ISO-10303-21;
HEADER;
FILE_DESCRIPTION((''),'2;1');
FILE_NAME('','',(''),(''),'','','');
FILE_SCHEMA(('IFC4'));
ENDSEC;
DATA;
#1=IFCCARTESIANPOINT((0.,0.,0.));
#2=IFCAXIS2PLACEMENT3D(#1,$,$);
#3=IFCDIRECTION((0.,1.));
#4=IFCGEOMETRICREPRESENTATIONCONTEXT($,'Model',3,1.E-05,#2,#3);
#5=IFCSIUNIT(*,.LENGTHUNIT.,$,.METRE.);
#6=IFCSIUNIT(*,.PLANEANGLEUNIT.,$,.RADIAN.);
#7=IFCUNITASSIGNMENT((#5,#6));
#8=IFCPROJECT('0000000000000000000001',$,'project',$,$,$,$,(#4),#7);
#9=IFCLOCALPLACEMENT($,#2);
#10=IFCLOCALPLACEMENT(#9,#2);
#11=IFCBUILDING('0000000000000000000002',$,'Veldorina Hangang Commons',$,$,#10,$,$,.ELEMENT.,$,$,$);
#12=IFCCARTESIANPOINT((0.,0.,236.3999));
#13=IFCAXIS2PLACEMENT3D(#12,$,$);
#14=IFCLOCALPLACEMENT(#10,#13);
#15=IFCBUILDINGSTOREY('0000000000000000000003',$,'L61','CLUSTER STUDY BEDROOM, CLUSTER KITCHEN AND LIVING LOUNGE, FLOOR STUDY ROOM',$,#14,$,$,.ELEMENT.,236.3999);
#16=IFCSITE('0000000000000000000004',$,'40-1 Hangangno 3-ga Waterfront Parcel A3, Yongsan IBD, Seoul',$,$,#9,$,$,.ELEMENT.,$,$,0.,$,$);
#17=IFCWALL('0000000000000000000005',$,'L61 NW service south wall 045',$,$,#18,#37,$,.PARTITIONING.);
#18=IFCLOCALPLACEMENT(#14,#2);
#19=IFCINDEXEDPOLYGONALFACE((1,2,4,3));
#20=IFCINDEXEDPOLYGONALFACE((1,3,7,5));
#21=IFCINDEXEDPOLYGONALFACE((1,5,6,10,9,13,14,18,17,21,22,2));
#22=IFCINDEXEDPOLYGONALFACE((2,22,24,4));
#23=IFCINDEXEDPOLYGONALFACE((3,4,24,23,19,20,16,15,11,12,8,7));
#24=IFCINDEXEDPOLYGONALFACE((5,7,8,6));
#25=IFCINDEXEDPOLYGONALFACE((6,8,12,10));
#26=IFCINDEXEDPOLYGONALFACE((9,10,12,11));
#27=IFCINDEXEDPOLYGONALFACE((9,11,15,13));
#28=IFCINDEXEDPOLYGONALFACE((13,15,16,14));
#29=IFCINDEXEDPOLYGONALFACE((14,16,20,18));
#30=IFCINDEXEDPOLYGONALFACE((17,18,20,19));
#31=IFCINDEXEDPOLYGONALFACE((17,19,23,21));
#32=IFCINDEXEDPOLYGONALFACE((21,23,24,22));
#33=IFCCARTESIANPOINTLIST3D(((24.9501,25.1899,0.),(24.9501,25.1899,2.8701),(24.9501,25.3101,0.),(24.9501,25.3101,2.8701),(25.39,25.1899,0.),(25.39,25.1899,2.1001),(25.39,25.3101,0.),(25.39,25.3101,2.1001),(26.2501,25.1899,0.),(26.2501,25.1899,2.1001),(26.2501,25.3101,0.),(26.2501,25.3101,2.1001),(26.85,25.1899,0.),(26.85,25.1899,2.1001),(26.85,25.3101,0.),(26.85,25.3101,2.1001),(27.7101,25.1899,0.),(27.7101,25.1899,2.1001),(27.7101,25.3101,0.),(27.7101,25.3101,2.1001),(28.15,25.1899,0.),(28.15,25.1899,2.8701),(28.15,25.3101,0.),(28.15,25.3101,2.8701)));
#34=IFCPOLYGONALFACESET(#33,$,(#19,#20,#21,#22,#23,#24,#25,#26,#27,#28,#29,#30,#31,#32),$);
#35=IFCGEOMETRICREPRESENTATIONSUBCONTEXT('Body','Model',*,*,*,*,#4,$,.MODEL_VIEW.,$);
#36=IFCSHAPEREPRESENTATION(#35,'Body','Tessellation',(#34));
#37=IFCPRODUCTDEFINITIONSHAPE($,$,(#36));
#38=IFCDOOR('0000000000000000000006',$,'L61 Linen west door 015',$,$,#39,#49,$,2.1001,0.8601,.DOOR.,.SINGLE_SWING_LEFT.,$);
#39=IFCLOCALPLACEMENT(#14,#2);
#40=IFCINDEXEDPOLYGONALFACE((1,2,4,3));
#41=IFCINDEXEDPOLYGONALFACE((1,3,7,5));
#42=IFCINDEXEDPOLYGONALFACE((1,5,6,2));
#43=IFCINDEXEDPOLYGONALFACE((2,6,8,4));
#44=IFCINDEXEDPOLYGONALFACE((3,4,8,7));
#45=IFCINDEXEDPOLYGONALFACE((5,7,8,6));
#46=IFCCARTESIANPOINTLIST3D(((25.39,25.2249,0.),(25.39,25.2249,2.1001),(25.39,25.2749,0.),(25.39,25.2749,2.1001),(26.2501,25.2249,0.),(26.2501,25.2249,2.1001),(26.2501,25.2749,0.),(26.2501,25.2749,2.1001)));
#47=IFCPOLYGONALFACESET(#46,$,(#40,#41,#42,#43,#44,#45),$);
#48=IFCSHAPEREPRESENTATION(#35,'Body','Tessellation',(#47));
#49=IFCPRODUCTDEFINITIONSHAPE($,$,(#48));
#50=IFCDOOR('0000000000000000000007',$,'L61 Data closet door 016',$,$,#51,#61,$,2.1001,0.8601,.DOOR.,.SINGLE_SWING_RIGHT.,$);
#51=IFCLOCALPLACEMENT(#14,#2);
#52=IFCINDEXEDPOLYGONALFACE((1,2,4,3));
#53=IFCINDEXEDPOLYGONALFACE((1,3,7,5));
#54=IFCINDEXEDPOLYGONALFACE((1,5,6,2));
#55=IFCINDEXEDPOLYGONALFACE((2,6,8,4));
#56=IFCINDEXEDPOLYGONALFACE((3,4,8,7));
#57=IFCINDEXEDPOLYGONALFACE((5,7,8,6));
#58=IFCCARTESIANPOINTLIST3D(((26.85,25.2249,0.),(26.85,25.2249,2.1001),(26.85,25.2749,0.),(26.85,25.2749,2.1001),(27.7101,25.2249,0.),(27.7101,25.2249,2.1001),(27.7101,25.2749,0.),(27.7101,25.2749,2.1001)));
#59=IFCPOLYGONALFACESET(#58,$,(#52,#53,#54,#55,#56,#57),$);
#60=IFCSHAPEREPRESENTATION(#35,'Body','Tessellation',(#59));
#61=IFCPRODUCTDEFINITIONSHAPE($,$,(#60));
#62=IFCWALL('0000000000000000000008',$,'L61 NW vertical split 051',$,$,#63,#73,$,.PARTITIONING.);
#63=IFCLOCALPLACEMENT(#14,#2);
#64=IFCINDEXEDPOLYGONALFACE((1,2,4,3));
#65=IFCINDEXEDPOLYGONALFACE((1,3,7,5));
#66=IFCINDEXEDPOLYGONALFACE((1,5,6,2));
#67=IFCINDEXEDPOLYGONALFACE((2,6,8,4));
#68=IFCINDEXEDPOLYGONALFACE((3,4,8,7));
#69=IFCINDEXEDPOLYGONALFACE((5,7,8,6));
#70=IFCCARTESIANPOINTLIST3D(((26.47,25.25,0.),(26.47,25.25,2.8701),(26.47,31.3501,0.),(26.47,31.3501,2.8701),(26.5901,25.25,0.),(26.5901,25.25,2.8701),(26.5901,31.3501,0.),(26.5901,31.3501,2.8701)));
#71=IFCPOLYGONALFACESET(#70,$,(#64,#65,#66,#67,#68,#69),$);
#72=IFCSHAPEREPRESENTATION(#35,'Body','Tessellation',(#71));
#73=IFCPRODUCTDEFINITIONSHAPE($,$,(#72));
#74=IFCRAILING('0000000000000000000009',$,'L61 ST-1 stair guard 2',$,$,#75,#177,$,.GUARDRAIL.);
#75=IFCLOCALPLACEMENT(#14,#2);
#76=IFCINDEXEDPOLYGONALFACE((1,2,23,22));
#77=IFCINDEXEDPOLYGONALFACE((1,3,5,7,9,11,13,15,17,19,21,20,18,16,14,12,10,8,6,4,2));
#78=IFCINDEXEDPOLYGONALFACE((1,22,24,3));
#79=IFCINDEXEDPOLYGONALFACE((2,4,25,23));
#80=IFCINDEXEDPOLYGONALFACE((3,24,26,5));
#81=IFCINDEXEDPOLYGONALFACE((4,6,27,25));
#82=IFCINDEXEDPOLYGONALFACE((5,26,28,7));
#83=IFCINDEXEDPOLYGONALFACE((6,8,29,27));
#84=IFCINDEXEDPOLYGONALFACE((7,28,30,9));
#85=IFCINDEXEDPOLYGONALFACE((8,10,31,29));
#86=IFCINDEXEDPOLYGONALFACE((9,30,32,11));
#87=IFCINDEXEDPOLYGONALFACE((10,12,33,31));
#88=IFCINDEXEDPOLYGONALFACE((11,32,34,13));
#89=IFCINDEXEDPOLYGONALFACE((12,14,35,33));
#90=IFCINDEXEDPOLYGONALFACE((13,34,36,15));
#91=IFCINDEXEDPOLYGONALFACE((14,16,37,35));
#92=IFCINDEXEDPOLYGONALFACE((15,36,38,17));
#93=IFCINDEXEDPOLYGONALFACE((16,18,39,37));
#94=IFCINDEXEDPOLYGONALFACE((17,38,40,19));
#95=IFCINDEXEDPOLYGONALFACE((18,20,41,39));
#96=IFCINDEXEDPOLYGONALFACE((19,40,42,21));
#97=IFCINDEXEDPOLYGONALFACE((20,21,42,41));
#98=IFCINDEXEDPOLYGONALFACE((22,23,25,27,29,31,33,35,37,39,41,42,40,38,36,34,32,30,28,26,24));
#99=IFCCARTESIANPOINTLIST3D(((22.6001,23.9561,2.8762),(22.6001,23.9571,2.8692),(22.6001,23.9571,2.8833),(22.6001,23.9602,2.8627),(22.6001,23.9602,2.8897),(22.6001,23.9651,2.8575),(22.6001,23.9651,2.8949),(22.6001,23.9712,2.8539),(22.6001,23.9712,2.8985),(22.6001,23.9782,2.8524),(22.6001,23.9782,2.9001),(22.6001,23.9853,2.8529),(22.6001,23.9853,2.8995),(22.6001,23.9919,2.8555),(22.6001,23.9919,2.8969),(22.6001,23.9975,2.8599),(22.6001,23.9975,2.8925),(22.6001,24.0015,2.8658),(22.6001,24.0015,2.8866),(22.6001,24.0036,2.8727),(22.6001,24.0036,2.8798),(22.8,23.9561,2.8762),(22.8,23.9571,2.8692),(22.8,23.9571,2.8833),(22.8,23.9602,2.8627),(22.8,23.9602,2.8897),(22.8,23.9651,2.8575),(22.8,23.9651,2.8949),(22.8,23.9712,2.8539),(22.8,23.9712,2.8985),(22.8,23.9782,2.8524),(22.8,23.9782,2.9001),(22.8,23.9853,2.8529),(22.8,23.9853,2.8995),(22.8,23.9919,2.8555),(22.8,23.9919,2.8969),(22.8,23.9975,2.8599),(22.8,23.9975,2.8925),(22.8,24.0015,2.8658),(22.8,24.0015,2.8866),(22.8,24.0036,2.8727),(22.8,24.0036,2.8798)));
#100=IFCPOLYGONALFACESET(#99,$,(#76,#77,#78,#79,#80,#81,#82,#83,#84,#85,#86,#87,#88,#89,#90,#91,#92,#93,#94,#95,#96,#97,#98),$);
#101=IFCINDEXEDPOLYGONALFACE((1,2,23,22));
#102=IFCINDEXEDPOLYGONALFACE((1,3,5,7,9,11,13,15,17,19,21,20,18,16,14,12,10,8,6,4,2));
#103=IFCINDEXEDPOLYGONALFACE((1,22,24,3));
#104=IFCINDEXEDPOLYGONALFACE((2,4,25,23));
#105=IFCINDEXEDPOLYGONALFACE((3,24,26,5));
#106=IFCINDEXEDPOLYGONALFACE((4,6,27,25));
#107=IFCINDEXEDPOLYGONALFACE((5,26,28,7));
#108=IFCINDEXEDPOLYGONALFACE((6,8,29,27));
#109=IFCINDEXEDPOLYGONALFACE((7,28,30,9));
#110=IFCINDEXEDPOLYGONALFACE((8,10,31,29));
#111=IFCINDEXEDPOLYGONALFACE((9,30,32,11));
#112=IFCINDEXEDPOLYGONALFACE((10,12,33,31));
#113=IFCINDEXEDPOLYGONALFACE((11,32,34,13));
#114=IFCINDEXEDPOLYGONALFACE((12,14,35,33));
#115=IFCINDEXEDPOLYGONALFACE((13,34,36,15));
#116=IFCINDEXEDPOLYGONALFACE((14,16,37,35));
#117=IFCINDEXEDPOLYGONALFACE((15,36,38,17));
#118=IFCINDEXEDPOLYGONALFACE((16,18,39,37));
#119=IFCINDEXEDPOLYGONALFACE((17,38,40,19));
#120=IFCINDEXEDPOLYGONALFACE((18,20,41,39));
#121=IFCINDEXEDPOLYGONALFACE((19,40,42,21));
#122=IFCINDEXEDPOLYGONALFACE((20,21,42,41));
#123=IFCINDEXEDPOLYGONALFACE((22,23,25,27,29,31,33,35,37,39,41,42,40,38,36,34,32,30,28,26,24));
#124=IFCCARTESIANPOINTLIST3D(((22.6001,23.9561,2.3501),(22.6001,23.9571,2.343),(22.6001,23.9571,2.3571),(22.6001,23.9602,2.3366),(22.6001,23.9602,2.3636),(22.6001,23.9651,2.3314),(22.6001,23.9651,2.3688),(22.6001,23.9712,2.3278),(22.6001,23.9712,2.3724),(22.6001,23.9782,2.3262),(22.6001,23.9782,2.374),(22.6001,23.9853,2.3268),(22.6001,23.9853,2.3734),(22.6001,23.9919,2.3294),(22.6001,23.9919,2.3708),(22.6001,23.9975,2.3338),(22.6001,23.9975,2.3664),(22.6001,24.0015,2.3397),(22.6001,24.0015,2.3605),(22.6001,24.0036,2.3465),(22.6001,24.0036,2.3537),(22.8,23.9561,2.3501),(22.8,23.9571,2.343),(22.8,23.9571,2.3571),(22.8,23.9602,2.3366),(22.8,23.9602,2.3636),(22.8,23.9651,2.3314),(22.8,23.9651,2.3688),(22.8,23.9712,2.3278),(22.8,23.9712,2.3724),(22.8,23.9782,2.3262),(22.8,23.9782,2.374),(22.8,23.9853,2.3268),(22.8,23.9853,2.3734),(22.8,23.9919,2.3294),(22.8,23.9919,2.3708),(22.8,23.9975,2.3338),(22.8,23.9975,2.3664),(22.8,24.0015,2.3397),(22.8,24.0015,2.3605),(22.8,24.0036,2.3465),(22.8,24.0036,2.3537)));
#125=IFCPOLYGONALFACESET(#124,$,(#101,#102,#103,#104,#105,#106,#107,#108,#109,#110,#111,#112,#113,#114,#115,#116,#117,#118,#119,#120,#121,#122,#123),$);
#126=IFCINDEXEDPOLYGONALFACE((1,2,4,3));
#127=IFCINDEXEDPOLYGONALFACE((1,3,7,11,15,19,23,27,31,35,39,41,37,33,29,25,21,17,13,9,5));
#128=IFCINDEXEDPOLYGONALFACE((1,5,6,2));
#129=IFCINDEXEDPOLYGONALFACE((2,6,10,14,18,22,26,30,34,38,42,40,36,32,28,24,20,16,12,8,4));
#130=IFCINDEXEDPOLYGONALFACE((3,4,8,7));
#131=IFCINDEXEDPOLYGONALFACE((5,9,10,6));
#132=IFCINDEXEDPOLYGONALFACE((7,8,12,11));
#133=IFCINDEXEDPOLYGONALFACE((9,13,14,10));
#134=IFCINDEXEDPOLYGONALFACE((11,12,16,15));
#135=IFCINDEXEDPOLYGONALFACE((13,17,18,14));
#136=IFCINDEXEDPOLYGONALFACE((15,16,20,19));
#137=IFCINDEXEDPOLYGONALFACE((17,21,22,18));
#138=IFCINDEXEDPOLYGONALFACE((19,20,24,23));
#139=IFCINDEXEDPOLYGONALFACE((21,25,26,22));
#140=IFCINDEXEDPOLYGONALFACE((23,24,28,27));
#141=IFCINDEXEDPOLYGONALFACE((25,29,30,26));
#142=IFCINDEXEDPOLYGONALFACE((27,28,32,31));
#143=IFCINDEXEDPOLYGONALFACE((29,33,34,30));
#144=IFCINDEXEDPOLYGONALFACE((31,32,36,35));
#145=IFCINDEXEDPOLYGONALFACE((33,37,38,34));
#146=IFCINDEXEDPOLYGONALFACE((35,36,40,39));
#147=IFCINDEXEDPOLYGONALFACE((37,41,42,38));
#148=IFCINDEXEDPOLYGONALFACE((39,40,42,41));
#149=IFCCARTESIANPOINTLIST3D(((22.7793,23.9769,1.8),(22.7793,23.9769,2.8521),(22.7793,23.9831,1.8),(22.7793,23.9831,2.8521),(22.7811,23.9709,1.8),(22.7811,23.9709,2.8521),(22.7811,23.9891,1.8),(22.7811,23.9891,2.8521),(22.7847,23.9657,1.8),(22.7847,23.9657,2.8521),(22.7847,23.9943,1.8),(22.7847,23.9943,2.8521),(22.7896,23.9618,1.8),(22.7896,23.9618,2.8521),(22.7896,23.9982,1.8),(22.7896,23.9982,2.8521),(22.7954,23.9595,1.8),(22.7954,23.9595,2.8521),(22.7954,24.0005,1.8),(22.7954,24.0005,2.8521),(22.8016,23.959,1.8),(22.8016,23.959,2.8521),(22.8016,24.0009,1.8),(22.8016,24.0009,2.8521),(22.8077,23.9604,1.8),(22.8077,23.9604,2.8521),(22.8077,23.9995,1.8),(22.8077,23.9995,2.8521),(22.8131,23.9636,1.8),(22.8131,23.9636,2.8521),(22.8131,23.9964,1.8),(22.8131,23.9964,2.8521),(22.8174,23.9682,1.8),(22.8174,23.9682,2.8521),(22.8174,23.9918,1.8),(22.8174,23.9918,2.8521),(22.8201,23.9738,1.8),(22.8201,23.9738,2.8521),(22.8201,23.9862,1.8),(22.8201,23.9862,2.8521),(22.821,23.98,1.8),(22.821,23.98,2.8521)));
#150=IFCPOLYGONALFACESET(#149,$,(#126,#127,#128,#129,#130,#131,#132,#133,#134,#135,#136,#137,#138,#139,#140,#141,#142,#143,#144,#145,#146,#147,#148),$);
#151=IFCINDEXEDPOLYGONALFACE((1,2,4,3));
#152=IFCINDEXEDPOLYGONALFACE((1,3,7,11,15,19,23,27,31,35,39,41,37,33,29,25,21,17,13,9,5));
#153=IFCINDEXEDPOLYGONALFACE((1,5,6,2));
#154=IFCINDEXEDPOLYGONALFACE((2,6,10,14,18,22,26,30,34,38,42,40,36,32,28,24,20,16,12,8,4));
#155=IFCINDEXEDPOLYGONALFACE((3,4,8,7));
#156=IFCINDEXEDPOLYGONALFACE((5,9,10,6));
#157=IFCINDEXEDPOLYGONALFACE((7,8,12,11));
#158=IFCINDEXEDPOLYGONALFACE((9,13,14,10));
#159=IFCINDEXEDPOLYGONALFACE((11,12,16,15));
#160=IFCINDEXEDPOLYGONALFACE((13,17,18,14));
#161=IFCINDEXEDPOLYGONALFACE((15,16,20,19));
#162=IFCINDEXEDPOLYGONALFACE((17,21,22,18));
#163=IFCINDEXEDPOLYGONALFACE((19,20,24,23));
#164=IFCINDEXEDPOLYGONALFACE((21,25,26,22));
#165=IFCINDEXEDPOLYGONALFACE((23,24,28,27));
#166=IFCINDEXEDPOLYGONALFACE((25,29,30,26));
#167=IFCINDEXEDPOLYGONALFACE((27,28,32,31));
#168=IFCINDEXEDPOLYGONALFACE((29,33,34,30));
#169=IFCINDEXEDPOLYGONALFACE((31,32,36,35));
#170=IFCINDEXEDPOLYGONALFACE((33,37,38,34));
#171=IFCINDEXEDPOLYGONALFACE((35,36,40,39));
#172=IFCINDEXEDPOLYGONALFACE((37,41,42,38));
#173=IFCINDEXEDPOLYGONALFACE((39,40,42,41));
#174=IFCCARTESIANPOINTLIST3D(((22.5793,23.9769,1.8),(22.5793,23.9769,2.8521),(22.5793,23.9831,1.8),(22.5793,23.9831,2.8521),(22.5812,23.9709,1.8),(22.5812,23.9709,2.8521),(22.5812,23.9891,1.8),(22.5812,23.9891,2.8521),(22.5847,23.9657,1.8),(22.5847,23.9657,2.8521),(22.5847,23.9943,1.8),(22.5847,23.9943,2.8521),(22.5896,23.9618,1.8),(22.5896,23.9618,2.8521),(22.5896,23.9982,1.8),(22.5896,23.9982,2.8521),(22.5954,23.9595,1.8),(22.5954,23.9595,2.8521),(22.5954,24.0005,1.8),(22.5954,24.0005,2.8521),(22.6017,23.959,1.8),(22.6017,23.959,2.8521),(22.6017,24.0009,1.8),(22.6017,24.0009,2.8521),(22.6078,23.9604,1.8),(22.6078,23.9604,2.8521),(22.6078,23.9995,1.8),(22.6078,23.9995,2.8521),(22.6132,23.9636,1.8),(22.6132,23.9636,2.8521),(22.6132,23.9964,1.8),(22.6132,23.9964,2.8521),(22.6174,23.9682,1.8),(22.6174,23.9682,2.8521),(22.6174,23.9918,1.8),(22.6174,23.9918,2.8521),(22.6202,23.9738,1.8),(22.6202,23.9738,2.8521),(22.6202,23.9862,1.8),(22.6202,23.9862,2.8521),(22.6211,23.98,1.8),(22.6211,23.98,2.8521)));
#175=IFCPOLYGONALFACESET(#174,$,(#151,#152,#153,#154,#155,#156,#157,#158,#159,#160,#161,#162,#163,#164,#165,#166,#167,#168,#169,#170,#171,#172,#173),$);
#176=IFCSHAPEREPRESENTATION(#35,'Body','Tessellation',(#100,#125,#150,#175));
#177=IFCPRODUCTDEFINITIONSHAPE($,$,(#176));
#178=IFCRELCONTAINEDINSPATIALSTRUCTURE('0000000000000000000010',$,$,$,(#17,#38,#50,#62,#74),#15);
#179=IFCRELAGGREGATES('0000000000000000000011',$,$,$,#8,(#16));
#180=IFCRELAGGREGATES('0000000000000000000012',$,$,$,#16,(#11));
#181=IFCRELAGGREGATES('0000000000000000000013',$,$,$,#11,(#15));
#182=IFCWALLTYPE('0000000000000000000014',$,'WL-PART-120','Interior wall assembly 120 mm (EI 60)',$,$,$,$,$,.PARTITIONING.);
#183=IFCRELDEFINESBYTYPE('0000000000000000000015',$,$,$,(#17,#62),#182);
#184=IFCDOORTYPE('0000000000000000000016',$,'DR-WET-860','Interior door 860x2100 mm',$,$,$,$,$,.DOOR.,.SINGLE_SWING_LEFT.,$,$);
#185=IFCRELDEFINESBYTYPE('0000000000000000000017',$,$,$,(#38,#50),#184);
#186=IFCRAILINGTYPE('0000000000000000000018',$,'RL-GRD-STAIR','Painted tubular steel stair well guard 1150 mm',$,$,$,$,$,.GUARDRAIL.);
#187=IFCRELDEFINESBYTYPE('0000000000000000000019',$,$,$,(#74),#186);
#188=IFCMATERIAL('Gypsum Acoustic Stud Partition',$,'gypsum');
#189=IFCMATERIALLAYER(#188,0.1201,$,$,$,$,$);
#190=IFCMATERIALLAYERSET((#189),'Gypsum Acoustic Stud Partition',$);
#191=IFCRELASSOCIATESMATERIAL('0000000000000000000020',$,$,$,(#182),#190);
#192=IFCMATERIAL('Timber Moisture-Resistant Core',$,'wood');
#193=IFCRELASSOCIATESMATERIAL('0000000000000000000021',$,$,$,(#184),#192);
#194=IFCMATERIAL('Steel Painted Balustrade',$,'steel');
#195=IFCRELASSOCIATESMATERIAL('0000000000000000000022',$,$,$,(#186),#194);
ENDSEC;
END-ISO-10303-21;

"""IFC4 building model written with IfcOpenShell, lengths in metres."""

from ifc_helpers import new_model, si_unit, direction, frame, frame_2d, origin, origin_2d, place, context, subcontext, project, spatial, rectangle, circle, extrude, material, layer, layer_set, type_object, element, fill, save


model = new_model("IFC4")

# Units and contexts
model_context = context("Model", 3, precision=1e-05, world=origin(), true_north=direction((0.0, 1.0)))
body_context = subcontext(model_context, "Body", "Model", "MODEL_VIEW")
ifc_project = project(units=[si_unit("LENGTHUNIT", "METRE"), si_unit("PLANEANGLEUNIT", "RADIAN")], contexts=[model_context])

# Site, building, storey
site_placement = place(None, origin())
site = spatial("IfcSite", under=ifc_project, at=site_placement, Name="40-1 Hangangno 3-ga Waterfront Parcel A3, Yongsan IBD, Seoul", CompositionType="ELEMENT", RefElevation=0.0)
building_placement = place(site_placement, origin())
building = spatial("IfcBuilding", under=site, at=building_placement, Name="Veldorina Hangang Commons", CompositionType="ELEMENT")
storey_placement = place(building_placement, frame((0.0, 0.0, 236.3999)))
storey = spatial("IfcBuildingStorey", under=building, at=storey_placement, Name="L61", Description="CLUSTER STUDY BEDROOM, CLUSTER KITCHEN AND LIVING LOUNGE, FLOOR STUDY ROOM", CompositionType="ELEMENT", Elevation=236.3999)

# Shared definitions
ifc_material_1 = material(Name="Gypsum Acoustic Stud Partition", Category="gypsum")
ifc_layer_1 = layer(ifc_material_1, 0.1201)
ifc_layer_set_1 = layer_set([ifc_layer_1], Name="Gypsum Acoustic Stud Partition")
wall_type_1 = type_object("IfcWallType", Name="WL-PART-120", Description="Interior wall assembly 120 mm (EI 60)", PredefinedType="PARTITIONING", material=ifc_layer_set_1)

# Wall, openings, doors
wall_1_placement = place(storey_placement, frame((24.95, 25.25, 0.0), z_axis=(0.0, 0.0, 1.0), x_axis=(1.0, 0.0, 0.0)))
wall_1 = element("IfcWall", 1, at=wall_1_placement, inside=storey, type_object=wall_type_1, Name="L61 NW service south wall 045", PredefinedType="PARTITIONING", context=body_context, shape_type="SweptSolid", body=[
    extrude(rectangle(XDim=3.2, YDim=0.1201, at=frame_2d((1.6001, 0.0))), origin(), (0.0, 0.0, 1.0), 2.8701),
])
opening_1_placement = place(wall_1_placement, frame((0.4399, 0.0, 0.0)))
opening_1 = element("IfcOpeningElement", 2, at=opening_1_placement, cuts=wall_1, PredefinedType="OPENING", context=body_context, shape_type="SweptSolid", body=[
    extrude(rectangle(XDim=0.8601, YDim=2.1001, at=frame_2d((0.4302, 1.05))), frame((0.0, 0.0701, 0.0), z_axis=(0.0, -1.0, 0.0), x_axis=(1.0, 0.0, 0.0)), (0.0, 0.0, 1.0), 0.1401),
])
opening_2_placement = place(wall_1_placement, frame((1.8999, 0.0, 0.0)))
opening_2 = element("IfcOpeningElement", 3, at=opening_2_placement, cuts=wall_1, PredefinedType="OPENING", context=body_context, shape_type="SweptSolid", body=[
    extrude(rectangle(XDim=0.8601, YDim=2.1001, at=frame_2d((0.4302, 1.05))), frame((0.0, 0.0701, 0.0), z_axis=(0.0, -1.0, 0.0), x_axis=(1.0, 0.0, 0.0)), (0.0, 0.0, 1.0), 0.1401),
])
ifc_material_2 = material(Name="Timber Moisture-Resistant Core", Category="wood")
door_type_1 = type_object("IfcDoorType", Name="DR-WET-860", Description="Interior door 860x2100 mm", OperationType="SINGLE_SWING_LEFT", PredefinedType="DOOR", material=ifc_material_2)
door_1_placement = place(opening_1_placement, origin())
door_1 = element("IfcDoor", 4, at=door_1_placement, inside=storey, type_object=door_type_1, Name="L61 Linen west door 015", OperationType="SINGLE_SWING_LEFT", OverallHeight=2.1001, OverallWidth=0.8601, PredefinedType="DOOR", context=body_context, shape_type="SweptSolid", body=[
    extrude(rectangle(XDim=0.8601, YDim=2.1001, at=frame_2d((0.4302, 1.05))), frame((0.0, 0.0249, 0.0), z_axis=(0.0, -1.0, 0.0), x_axis=(1.0, 0.0, 0.0)), (0.0, 0.0, 1.0), 0.05),
])
fill(opening_1, door_1)
door_2_placement = place(opening_2_placement, origin())
door_2 = element("IfcDoor", 5, at=door_2_placement, inside=storey, type_object=door_type_1, Name="L61 Data closet door 016", OperationType="SINGLE_SWING_RIGHT", OverallHeight=2.1001, OverallWidth=0.8601, PredefinedType="DOOR", context=body_context, shape_type="SweptSolid", body=[
    extrude(rectangle(XDim=0.8601, YDim=2.1001, at=frame_2d((0.4302, 1.05))), frame((0.0, 0.0249, 0.0), z_axis=(0.0, -1.0, 0.0), x_axis=(1.0, 0.0, 0.0)), (0.0, 0.0, 1.0), 0.05),
])
fill(opening_2, door_2)

# Wall
wall_2_placement = place(storey_placement, frame((26.53, 25.25, 0.0), z_axis=(0.0, 0.0, 1.0), x_axis=(0.0, 1.0, 0.0)))
element("IfcWall", 6, at=wall_2_placement, inside=storey, type_object=wall_type_1, Name="L61 NW vertical split 051", PredefinedType="PARTITIONING", context=body_context, shape_type="SweptSolid", body=[
    extrude(rectangle(XDim=6.1001, YDim=0.1201, at=frame_2d((3.05, 0.0))), origin(), (0.0, 0.0, 1.0), 2.8701),
])

# Railing
ifc_material_3 = material(Name="Steel Painted Balustrade", Category="steel")
railing_type = type_object("IfcRailingType", Name="RL-GRD-STAIR", Description="Painted tubular steel stair well guard 1150 mm", PredefinedType="GUARDRAIL", material=ifc_material_3)
railing_placement = place(storey_placement, frame((22.8, 23.98, 1.8)))
element("IfcRailing", 7, at=railing_placement, inside=storey, type_object=railing_type, Name="L61 ST-1 stair guard 2", PredefinedType="GUARDRAIL", context=body_context, shape_type="SweptSolid", body=[
    extrude(circle(Radius=0.0239, at=origin_2d()), frame((0.0, 0.0, 1.0762), z_axis=(-1.0, 0.0, 0.0), x_axis=(0.0, -1.0, 0.0)), (0.0, 0.0, 1.0), 0.2),
    extrude(circle(Radius=0.0239, at=origin_2d()), frame((0.0, 0.0, 0.55), z_axis=(-1.0, 0.0, 0.0), x_axis=(0.0, -1.0, 0.0)), (0.0, 0.0, 1.0), 0.2),
    extrude(circle(Radius=0.021, at=origin_2d()), origin(), (0.0, 0.0, 1.0), 1.052),
    extrude(circle(Radius=0.021, at=origin_2d()), frame((-0.2, 0.0, 0.0)), (0.0, 0.0, 1.0), 1.052),
])

save(model, "model.ifc")
